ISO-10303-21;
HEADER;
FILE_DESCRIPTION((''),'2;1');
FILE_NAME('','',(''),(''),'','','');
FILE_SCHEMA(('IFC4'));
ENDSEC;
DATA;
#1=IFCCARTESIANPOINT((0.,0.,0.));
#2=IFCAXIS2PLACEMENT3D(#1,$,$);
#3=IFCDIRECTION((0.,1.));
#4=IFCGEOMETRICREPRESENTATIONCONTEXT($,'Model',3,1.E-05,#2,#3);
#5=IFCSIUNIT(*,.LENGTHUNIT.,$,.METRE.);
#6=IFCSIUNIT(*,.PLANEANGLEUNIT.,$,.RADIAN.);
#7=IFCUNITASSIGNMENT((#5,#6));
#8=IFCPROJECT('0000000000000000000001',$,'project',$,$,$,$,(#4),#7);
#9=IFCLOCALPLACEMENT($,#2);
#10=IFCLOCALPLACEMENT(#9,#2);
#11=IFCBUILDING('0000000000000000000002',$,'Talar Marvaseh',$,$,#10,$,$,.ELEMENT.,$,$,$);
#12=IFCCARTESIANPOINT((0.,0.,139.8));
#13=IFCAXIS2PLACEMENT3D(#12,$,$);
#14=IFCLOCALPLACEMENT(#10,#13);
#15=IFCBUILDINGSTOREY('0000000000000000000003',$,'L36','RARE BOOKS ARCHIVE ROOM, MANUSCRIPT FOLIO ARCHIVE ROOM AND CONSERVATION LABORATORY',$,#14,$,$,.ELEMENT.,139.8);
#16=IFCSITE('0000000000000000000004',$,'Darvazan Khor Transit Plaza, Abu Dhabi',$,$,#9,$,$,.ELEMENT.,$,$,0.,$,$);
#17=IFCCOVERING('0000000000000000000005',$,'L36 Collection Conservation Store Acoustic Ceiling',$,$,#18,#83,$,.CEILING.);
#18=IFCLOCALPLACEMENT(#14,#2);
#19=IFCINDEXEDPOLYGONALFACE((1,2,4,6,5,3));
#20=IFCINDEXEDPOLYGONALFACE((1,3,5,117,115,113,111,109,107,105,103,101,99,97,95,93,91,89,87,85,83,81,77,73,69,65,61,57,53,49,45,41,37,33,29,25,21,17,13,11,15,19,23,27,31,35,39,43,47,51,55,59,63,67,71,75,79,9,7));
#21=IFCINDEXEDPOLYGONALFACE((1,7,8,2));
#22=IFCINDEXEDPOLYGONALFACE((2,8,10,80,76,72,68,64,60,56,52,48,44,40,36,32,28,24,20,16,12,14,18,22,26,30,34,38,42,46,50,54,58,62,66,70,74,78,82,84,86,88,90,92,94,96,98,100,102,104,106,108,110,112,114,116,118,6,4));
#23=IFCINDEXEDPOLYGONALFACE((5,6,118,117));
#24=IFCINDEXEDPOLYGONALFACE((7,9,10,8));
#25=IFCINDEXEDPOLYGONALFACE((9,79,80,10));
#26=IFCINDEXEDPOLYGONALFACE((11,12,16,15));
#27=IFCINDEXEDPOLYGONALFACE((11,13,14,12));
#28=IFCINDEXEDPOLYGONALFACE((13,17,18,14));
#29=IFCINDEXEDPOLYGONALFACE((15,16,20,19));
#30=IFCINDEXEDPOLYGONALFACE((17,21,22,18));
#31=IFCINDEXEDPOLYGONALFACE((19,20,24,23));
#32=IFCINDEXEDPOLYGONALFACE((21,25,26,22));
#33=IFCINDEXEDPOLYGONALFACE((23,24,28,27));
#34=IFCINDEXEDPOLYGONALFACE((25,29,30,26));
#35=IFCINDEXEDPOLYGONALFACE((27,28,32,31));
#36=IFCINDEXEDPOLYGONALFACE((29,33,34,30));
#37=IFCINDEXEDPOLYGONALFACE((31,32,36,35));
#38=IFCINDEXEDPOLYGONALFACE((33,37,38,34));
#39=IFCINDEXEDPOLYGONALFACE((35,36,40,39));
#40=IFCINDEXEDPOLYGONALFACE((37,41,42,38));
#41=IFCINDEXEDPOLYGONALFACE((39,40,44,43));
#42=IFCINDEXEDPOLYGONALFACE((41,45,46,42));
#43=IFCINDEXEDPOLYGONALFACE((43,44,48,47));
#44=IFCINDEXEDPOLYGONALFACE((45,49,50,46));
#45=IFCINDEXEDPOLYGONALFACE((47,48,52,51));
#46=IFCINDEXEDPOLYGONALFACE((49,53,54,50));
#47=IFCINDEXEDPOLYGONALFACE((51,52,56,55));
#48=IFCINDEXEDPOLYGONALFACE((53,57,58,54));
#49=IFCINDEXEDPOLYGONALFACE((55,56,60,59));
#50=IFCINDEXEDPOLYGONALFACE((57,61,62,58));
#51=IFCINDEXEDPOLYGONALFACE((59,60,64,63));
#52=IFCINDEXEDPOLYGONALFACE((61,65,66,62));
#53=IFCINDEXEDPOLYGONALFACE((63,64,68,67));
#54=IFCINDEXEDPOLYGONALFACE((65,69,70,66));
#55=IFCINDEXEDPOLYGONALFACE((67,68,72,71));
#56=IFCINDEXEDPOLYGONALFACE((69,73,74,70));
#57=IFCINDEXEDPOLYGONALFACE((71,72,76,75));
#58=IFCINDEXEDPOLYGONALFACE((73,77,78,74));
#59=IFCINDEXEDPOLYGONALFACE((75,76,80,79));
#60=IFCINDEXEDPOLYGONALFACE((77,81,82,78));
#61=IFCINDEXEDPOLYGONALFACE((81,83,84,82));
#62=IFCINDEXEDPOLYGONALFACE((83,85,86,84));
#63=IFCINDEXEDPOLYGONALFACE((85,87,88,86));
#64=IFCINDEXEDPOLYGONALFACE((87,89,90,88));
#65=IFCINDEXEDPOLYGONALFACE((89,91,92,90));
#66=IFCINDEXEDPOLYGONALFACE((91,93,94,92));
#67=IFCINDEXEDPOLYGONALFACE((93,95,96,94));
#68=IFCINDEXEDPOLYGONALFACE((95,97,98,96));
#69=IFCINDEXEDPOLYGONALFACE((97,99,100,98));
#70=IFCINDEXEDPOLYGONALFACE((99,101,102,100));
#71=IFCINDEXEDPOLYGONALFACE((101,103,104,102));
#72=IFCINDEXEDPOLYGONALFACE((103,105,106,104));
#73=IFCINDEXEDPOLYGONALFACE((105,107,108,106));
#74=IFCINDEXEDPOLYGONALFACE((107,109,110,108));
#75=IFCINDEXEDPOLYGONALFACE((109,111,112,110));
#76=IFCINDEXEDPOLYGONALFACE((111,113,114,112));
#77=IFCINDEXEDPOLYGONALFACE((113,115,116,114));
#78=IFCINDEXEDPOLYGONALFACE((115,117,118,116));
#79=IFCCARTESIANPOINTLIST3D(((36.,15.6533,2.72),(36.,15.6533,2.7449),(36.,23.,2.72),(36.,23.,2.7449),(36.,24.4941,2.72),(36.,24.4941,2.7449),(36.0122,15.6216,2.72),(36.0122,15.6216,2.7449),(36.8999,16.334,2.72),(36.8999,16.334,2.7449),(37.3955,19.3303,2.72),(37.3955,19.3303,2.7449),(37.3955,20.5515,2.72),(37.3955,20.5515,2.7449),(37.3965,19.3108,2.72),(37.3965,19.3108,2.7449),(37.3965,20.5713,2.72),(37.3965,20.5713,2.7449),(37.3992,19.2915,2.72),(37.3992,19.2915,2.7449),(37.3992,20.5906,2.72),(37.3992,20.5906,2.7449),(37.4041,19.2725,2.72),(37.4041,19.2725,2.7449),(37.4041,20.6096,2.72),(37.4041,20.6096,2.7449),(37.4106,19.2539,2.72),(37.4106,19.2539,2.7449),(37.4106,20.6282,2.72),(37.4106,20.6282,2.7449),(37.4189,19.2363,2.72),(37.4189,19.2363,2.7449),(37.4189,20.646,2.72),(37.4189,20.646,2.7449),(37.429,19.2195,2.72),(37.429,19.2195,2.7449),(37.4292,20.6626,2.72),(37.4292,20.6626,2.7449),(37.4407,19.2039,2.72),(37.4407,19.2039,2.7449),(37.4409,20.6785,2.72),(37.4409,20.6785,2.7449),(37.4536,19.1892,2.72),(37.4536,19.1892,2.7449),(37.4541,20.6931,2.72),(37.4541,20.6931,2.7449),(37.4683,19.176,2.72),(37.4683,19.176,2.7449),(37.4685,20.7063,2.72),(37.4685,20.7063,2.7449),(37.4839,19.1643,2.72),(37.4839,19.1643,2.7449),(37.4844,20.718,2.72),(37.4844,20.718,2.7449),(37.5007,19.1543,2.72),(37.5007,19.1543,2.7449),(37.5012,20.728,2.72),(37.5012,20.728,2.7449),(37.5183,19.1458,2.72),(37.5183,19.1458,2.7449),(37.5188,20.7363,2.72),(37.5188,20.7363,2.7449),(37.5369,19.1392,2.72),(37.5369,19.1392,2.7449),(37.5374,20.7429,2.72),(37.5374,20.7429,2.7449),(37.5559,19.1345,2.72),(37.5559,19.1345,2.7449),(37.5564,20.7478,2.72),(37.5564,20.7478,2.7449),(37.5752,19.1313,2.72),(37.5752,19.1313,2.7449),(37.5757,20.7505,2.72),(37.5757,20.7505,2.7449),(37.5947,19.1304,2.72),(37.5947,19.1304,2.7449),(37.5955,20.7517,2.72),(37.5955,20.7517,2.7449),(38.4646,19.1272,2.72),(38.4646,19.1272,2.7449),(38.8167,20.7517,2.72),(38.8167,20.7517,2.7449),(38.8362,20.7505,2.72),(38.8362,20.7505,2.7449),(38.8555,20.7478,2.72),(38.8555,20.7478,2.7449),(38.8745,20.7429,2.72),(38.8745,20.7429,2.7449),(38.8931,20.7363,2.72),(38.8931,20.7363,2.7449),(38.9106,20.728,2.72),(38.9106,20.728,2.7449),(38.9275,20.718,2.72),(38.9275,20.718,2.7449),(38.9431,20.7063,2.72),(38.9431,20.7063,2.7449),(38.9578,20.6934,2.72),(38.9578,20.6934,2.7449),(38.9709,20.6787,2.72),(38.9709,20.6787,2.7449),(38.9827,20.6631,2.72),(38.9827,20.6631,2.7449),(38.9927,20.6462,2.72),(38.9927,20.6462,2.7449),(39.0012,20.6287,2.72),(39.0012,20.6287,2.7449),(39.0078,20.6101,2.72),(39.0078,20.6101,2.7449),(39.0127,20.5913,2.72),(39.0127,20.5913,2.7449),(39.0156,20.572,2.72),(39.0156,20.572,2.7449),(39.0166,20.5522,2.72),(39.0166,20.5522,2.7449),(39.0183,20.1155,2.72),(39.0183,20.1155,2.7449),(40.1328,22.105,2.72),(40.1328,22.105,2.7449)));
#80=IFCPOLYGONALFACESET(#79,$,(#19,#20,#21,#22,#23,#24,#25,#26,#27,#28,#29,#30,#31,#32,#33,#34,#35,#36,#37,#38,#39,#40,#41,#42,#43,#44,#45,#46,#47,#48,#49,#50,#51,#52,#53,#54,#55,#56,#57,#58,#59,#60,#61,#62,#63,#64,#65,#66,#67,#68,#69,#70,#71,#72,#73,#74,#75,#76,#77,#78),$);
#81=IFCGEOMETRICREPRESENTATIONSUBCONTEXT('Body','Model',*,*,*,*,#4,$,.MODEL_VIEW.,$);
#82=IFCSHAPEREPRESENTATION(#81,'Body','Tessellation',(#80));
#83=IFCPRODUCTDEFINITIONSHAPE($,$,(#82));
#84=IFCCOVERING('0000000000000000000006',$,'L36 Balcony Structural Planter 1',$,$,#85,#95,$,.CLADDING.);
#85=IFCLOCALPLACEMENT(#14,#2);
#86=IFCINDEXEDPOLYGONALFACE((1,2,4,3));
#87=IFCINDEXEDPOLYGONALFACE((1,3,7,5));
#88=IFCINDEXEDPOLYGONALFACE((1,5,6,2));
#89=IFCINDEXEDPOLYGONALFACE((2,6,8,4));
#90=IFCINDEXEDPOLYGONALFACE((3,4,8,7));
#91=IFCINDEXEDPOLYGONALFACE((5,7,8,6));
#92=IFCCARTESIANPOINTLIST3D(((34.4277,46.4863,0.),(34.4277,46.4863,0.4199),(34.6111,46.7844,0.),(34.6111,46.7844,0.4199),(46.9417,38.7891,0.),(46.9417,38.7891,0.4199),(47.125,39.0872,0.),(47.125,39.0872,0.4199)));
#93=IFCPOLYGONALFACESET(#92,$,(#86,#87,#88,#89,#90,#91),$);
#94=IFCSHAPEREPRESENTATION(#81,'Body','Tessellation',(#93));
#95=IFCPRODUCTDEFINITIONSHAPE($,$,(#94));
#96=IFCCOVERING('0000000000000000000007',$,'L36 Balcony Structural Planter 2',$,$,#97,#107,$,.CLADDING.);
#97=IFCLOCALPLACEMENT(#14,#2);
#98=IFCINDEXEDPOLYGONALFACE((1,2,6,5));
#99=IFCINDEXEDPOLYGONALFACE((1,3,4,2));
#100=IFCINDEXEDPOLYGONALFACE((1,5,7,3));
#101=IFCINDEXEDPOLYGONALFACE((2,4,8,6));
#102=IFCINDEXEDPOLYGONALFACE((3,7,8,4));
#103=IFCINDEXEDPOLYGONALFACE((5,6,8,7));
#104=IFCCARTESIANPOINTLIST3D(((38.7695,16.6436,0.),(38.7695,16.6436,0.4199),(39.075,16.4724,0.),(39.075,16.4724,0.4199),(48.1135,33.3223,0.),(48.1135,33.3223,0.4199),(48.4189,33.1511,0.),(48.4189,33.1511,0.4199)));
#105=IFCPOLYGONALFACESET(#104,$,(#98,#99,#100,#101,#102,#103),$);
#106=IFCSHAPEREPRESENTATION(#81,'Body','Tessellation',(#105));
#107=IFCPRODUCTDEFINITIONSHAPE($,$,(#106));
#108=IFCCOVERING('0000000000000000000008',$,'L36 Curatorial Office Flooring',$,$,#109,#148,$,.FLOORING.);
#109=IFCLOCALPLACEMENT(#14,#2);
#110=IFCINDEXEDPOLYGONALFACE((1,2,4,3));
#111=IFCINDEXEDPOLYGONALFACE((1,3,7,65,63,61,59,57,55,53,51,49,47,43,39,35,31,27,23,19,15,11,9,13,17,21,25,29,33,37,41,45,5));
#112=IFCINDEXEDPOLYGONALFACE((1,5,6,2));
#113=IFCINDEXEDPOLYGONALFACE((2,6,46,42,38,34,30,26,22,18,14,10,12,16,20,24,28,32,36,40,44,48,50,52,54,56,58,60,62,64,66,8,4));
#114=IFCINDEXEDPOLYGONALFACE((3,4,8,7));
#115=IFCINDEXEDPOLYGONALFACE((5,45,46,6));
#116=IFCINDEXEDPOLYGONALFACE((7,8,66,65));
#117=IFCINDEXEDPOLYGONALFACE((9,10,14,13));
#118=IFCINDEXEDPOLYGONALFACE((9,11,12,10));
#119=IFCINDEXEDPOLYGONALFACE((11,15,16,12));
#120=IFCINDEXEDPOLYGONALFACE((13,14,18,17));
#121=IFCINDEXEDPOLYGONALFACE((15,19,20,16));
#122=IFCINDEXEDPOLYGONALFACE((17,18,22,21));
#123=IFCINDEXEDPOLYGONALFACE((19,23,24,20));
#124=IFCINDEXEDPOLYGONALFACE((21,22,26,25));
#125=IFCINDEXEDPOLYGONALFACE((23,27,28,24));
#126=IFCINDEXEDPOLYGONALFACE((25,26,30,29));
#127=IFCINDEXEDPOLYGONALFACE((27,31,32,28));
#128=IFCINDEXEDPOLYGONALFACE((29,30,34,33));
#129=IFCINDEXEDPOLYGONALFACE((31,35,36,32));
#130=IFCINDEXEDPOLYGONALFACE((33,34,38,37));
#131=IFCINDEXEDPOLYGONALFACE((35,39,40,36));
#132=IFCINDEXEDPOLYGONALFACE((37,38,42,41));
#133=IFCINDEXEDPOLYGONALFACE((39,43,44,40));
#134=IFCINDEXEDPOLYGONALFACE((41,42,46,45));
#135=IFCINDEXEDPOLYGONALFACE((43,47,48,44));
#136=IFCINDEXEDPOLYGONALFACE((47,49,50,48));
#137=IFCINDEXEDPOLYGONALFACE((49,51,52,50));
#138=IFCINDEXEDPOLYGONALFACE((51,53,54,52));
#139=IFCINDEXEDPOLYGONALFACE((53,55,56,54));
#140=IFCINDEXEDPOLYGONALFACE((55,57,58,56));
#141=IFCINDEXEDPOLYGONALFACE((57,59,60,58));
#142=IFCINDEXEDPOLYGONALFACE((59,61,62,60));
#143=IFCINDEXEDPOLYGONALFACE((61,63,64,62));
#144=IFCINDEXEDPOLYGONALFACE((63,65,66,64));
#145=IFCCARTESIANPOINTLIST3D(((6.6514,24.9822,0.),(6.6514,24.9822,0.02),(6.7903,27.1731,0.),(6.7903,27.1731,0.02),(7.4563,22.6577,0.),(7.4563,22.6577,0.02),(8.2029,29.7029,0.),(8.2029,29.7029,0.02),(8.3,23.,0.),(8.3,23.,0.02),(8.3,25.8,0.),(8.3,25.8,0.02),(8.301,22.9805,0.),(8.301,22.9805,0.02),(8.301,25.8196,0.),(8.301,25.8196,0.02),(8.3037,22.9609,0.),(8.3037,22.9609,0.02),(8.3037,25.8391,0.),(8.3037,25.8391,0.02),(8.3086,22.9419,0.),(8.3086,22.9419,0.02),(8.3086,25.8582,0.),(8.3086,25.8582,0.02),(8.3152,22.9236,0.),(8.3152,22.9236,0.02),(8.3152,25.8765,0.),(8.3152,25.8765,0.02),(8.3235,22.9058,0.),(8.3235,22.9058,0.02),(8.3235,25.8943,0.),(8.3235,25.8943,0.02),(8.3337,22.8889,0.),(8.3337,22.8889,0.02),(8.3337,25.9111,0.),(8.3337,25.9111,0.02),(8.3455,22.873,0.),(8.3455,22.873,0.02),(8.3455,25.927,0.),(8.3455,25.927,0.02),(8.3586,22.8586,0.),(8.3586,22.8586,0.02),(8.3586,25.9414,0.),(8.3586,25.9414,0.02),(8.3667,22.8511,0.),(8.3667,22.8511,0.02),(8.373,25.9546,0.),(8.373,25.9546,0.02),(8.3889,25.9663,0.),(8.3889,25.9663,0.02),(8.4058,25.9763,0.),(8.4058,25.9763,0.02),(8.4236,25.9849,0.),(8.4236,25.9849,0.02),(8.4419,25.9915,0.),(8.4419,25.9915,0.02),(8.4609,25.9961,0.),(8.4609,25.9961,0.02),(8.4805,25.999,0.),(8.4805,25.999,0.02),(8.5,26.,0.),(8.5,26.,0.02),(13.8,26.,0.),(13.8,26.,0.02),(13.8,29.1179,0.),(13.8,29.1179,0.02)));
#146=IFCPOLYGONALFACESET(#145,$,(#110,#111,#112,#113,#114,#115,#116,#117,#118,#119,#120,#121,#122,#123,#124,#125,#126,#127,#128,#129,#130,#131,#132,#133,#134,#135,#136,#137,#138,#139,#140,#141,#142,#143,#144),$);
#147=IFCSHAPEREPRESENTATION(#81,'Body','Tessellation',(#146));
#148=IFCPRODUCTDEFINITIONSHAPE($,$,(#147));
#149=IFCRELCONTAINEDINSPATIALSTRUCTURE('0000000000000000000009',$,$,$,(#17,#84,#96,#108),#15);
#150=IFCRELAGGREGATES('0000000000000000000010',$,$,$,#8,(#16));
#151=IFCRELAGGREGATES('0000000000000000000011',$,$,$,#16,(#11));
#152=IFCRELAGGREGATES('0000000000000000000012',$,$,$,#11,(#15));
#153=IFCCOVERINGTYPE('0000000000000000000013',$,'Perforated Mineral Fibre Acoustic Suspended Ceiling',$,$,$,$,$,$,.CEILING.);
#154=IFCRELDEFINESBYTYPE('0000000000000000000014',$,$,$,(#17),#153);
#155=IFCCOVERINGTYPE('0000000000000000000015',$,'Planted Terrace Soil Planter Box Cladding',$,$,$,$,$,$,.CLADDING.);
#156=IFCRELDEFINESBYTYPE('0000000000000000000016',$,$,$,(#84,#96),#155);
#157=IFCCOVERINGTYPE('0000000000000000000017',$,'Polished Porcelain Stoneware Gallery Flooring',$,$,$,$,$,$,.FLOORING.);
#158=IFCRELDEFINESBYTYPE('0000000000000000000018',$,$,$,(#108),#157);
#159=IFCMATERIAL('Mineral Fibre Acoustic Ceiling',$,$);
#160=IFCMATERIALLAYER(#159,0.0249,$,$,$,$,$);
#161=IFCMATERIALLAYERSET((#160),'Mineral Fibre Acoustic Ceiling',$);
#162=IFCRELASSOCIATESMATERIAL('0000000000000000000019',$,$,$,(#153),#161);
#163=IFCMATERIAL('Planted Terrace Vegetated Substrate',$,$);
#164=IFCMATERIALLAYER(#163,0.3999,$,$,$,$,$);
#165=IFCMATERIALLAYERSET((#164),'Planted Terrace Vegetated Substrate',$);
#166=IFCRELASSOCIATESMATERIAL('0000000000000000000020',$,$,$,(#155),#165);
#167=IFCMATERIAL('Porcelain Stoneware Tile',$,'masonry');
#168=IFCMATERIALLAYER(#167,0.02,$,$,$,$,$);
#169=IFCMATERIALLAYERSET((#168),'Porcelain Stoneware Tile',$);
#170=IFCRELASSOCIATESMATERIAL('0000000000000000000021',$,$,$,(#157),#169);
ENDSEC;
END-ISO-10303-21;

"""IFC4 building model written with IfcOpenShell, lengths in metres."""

from ifc_helpers import new_model, si_unit, direction, frame, origin, place, context, subcontext, project, spatial, polyline, outline, extrude, material, layer, layer_set, type_object, element, save


model = new_model("IFC4")

# Units and contexts
model_context = context("Model", 3, precision=1e-05, world=origin(), true_north=direction((0.0, 1.0)))
body_context = subcontext(model_context, "Body", "Model", "MODEL_VIEW")
ifc_project = project(units=[si_unit("LENGTHUNIT", "METRE"), si_unit("PLANEANGLEUNIT", "RADIAN")], contexts=[model_context])

# Site, building, storey
site_placement = place(None, origin())
site = spatial("IfcSite", under=ifc_project, at=site_placement, Name="Darvazan Khor Transit Plaza, Abu Dhabi", CompositionType="ELEMENT", RefElevation=0.0)
building_placement = place(site_placement, origin())
building = spatial("IfcBuilding", under=site, at=building_placement, Name="Talar Marvaseh", CompositionType="ELEMENT")
storey_placement = place(building_placement, frame((0.0, 0.0, 139.8)))
storey = spatial("IfcBuildingStorey", under=building, at=storey_placement, Name="L36", Description="RARE BOOKS ARCHIVE ROOM, MANUSCRIPT FOLIO ARCHIVE ROOM AND CONSERVATION LABORATORY", CompositionType="ELEMENT", Elevation=139.8)

# Coverings
ifc_material_1 = material(Name="Mineral Fibre Acoustic Ceiling")
ifc_layer_1 = layer(ifc_material_1, 0.0249)
ifc_layer_set_1 = layer_set([ifc_layer_1], Name="Mineral Fibre Acoustic Ceiling")
covering_type_1 = type_object("IfcCoveringType", Name="Perforated Mineral Fibre Acoustic Suspended Ceiling", PredefinedType="CEILING", material=ifc_layer_set_1)
covering_1_placement = place(storey_placement, frame((0.0, 0.0, 2.72)))
element("IfcCovering", 1, at=covering_1_placement, inside=storey, type_object=covering_type_1, Name="L36 Collection Conservation Store Acoustic Ceiling", PredefinedType="CEILING", context=body_context, shape_type="SweptSolid", body=[
    extrude(outline(polyline([(39.0127, 20.5913), (39.0078, 20.6101), (39.0012, 20.6287), (38.9927, 20.6462), (38.9827, 20.6631), (38.9709, 20.6787), (38.9578, 20.6934), (38.9431, 20.7063), (38.9275, 20.718), (38.9106, 20.728), (38.8931, 20.7363), (38.8745, 20.7429), (38.8555, 20.7478), (38.8362, 20.7505), (38.8167, 20.7517), (37.5955, 20.7517), (37.5757, 20.7505), (37.5564, 20.7478), (37.5374, 20.7429), (37.5188, 20.7363), (37.5012, 20.728), (37.4844, 20.718), (37.4685, 20.7063), (37.4541, 20.6931), (37.4409, 20.6785), (37.4292, 20.6626), (37.4189, 20.646), (37.4106, 20.6282), (37.4041, 20.6096), (37.3992, 20.5906), (37.3965, 20.5713), (37.3955, 20.5515), (37.3955, 19.3303), (37.3965, 19.3108), (37.3992, 19.2915), (37.4041, 19.2725), (37.4106, 19.2539), (37.4189, 19.2363), (37.429, 19.2195), (37.4407, 19.2039), (37.4536, 19.1892), (37.4683, 19.176), (37.4839, 19.1643), (37.5007, 19.1543), (37.5183, 19.1458), (37.5369, 19.1392), (37.5559, 19.1345), (37.5752, 19.1313), (37.5947, 19.1304), (38.4646, 19.1272), (36.8999, 16.334), (36.0122, 15.6216), (36.0, 15.6533), (36.0, 23.0), (36.0, 24.4941), (40.1328, 22.105), (39.0183, 20.1155), (39.0166, 20.5522), (39.0156, 20.572), (39.0127, 20.5913)])), origin(), (0.0, 0.0, 1.0), 0.0249),
])
ifc_material_2 = material(Name="Planted Terrace Vegetated Substrate")
ifc_layer_2 = layer(ifc_material_2, 0.3999)
ifc_layer_set_2 = layer_set([ifc_layer_2], Name="Planted Terrace Vegetated Substrate")
covering_type_2 = type_object("IfcCoveringType", Name="Planted Terrace Soil Planter Box Cladding", PredefinedType="CLADDING", material=ifc_layer_set_2)
covering_2_placement = place(storey_placement, origin())
element("IfcCovering", 2, at=covering_2_placement, inside=storey, type_object=covering_type_2, Name="L36 Balcony Structural Planter 1", PredefinedType="CLADDING", context=body_context, shape_type="SweptSolid", body=[
    extrude(outline(polyline([(34.6111, 46.7844), (47.125, 39.0872), (46.9417, 38.7891), (34.4277, 46.4863), (34.6111, 46.7844)])), origin(), (0.0, 0.0, 1.0), 0.4199),
])
covering_3_placement = place(storey_placement, origin())
element("IfcCovering", 3, at=covering_3_placement, inside=storey, type_object=covering_type_2, Name="L36 Balcony Structural Planter 2", PredefinedType="CLADDING", context=body_context, shape_type="SweptSolid", body=[
    extrude(outline(polyline([(48.4189, 33.1511), (39.075, 16.4724), (38.7695, 16.6436), (48.1135, 33.3223), (48.4189, 33.1511)])), origin(), (0.0, 0.0, 1.0), 0.4199),
])
ifc_material_3 = material(Name="Porcelain Stoneware Tile", Category="masonry")
ifc_layer_3 = layer(ifc_material_3, 0.02)
ifc_layer_set_3 = layer_set([ifc_layer_3], Name="Porcelain Stoneware Tile")
covering_type_3 = type_object("IfcCoveringType", Name="Polished Porcelain Stoneware Gallery Flooring", PredefinedType="FLOORING", material=ifc_layer_set_3)
covering_4_placement = place(storey_placement, origin())
element("IfcCovering", 4, at=covering_4_placement, inside=storey, type_object=covering_type_3, Name="L36 Curatorial Office Flooring", PredefinedType="FLOORING", context=body_context, shape_type="SweptSolid", body=[
    extrude(outline(polyline([(13.8, 29.1179), (13.8, 26.0), (8.5, 26.0), (8.4805, 25.999), (8.4609, 25.9961), (8.4419, 25.9915), (8.4236, 25.9849), (8.4058, 25.9763), (8.3889, 25.9663), (8.373, 25.9546), (8.3586, 25.9414), (8.3455, 25.927), (8.3337, 25.9111), (8.3235, 25.8943), (8.3152, 25.8765), (8.3086, 25.8582), (8.3037, 25.8391), (8.301, 25.8196), (8.3, 25.8), (8.3, 23.0), (8.301, 22.9805), (8.3037, 22.9609), (8.3086, 22.9419), (8.3152, 22.9236), (8.3235, 22.9058), (8.3337, 22.8889), (8.3455, 22.873), (8.3586, 22.8586), (8.3667, 22.8511), (7.4563, 22.6577), (6.6514, 24.9822), (6.7903, 27.1731), (8.2029, 29.7029), (13.8, 29.1179)])), origin(), (0.0, 0.0, 1.0), 0.02),
])

save(model, "model.ifc")
